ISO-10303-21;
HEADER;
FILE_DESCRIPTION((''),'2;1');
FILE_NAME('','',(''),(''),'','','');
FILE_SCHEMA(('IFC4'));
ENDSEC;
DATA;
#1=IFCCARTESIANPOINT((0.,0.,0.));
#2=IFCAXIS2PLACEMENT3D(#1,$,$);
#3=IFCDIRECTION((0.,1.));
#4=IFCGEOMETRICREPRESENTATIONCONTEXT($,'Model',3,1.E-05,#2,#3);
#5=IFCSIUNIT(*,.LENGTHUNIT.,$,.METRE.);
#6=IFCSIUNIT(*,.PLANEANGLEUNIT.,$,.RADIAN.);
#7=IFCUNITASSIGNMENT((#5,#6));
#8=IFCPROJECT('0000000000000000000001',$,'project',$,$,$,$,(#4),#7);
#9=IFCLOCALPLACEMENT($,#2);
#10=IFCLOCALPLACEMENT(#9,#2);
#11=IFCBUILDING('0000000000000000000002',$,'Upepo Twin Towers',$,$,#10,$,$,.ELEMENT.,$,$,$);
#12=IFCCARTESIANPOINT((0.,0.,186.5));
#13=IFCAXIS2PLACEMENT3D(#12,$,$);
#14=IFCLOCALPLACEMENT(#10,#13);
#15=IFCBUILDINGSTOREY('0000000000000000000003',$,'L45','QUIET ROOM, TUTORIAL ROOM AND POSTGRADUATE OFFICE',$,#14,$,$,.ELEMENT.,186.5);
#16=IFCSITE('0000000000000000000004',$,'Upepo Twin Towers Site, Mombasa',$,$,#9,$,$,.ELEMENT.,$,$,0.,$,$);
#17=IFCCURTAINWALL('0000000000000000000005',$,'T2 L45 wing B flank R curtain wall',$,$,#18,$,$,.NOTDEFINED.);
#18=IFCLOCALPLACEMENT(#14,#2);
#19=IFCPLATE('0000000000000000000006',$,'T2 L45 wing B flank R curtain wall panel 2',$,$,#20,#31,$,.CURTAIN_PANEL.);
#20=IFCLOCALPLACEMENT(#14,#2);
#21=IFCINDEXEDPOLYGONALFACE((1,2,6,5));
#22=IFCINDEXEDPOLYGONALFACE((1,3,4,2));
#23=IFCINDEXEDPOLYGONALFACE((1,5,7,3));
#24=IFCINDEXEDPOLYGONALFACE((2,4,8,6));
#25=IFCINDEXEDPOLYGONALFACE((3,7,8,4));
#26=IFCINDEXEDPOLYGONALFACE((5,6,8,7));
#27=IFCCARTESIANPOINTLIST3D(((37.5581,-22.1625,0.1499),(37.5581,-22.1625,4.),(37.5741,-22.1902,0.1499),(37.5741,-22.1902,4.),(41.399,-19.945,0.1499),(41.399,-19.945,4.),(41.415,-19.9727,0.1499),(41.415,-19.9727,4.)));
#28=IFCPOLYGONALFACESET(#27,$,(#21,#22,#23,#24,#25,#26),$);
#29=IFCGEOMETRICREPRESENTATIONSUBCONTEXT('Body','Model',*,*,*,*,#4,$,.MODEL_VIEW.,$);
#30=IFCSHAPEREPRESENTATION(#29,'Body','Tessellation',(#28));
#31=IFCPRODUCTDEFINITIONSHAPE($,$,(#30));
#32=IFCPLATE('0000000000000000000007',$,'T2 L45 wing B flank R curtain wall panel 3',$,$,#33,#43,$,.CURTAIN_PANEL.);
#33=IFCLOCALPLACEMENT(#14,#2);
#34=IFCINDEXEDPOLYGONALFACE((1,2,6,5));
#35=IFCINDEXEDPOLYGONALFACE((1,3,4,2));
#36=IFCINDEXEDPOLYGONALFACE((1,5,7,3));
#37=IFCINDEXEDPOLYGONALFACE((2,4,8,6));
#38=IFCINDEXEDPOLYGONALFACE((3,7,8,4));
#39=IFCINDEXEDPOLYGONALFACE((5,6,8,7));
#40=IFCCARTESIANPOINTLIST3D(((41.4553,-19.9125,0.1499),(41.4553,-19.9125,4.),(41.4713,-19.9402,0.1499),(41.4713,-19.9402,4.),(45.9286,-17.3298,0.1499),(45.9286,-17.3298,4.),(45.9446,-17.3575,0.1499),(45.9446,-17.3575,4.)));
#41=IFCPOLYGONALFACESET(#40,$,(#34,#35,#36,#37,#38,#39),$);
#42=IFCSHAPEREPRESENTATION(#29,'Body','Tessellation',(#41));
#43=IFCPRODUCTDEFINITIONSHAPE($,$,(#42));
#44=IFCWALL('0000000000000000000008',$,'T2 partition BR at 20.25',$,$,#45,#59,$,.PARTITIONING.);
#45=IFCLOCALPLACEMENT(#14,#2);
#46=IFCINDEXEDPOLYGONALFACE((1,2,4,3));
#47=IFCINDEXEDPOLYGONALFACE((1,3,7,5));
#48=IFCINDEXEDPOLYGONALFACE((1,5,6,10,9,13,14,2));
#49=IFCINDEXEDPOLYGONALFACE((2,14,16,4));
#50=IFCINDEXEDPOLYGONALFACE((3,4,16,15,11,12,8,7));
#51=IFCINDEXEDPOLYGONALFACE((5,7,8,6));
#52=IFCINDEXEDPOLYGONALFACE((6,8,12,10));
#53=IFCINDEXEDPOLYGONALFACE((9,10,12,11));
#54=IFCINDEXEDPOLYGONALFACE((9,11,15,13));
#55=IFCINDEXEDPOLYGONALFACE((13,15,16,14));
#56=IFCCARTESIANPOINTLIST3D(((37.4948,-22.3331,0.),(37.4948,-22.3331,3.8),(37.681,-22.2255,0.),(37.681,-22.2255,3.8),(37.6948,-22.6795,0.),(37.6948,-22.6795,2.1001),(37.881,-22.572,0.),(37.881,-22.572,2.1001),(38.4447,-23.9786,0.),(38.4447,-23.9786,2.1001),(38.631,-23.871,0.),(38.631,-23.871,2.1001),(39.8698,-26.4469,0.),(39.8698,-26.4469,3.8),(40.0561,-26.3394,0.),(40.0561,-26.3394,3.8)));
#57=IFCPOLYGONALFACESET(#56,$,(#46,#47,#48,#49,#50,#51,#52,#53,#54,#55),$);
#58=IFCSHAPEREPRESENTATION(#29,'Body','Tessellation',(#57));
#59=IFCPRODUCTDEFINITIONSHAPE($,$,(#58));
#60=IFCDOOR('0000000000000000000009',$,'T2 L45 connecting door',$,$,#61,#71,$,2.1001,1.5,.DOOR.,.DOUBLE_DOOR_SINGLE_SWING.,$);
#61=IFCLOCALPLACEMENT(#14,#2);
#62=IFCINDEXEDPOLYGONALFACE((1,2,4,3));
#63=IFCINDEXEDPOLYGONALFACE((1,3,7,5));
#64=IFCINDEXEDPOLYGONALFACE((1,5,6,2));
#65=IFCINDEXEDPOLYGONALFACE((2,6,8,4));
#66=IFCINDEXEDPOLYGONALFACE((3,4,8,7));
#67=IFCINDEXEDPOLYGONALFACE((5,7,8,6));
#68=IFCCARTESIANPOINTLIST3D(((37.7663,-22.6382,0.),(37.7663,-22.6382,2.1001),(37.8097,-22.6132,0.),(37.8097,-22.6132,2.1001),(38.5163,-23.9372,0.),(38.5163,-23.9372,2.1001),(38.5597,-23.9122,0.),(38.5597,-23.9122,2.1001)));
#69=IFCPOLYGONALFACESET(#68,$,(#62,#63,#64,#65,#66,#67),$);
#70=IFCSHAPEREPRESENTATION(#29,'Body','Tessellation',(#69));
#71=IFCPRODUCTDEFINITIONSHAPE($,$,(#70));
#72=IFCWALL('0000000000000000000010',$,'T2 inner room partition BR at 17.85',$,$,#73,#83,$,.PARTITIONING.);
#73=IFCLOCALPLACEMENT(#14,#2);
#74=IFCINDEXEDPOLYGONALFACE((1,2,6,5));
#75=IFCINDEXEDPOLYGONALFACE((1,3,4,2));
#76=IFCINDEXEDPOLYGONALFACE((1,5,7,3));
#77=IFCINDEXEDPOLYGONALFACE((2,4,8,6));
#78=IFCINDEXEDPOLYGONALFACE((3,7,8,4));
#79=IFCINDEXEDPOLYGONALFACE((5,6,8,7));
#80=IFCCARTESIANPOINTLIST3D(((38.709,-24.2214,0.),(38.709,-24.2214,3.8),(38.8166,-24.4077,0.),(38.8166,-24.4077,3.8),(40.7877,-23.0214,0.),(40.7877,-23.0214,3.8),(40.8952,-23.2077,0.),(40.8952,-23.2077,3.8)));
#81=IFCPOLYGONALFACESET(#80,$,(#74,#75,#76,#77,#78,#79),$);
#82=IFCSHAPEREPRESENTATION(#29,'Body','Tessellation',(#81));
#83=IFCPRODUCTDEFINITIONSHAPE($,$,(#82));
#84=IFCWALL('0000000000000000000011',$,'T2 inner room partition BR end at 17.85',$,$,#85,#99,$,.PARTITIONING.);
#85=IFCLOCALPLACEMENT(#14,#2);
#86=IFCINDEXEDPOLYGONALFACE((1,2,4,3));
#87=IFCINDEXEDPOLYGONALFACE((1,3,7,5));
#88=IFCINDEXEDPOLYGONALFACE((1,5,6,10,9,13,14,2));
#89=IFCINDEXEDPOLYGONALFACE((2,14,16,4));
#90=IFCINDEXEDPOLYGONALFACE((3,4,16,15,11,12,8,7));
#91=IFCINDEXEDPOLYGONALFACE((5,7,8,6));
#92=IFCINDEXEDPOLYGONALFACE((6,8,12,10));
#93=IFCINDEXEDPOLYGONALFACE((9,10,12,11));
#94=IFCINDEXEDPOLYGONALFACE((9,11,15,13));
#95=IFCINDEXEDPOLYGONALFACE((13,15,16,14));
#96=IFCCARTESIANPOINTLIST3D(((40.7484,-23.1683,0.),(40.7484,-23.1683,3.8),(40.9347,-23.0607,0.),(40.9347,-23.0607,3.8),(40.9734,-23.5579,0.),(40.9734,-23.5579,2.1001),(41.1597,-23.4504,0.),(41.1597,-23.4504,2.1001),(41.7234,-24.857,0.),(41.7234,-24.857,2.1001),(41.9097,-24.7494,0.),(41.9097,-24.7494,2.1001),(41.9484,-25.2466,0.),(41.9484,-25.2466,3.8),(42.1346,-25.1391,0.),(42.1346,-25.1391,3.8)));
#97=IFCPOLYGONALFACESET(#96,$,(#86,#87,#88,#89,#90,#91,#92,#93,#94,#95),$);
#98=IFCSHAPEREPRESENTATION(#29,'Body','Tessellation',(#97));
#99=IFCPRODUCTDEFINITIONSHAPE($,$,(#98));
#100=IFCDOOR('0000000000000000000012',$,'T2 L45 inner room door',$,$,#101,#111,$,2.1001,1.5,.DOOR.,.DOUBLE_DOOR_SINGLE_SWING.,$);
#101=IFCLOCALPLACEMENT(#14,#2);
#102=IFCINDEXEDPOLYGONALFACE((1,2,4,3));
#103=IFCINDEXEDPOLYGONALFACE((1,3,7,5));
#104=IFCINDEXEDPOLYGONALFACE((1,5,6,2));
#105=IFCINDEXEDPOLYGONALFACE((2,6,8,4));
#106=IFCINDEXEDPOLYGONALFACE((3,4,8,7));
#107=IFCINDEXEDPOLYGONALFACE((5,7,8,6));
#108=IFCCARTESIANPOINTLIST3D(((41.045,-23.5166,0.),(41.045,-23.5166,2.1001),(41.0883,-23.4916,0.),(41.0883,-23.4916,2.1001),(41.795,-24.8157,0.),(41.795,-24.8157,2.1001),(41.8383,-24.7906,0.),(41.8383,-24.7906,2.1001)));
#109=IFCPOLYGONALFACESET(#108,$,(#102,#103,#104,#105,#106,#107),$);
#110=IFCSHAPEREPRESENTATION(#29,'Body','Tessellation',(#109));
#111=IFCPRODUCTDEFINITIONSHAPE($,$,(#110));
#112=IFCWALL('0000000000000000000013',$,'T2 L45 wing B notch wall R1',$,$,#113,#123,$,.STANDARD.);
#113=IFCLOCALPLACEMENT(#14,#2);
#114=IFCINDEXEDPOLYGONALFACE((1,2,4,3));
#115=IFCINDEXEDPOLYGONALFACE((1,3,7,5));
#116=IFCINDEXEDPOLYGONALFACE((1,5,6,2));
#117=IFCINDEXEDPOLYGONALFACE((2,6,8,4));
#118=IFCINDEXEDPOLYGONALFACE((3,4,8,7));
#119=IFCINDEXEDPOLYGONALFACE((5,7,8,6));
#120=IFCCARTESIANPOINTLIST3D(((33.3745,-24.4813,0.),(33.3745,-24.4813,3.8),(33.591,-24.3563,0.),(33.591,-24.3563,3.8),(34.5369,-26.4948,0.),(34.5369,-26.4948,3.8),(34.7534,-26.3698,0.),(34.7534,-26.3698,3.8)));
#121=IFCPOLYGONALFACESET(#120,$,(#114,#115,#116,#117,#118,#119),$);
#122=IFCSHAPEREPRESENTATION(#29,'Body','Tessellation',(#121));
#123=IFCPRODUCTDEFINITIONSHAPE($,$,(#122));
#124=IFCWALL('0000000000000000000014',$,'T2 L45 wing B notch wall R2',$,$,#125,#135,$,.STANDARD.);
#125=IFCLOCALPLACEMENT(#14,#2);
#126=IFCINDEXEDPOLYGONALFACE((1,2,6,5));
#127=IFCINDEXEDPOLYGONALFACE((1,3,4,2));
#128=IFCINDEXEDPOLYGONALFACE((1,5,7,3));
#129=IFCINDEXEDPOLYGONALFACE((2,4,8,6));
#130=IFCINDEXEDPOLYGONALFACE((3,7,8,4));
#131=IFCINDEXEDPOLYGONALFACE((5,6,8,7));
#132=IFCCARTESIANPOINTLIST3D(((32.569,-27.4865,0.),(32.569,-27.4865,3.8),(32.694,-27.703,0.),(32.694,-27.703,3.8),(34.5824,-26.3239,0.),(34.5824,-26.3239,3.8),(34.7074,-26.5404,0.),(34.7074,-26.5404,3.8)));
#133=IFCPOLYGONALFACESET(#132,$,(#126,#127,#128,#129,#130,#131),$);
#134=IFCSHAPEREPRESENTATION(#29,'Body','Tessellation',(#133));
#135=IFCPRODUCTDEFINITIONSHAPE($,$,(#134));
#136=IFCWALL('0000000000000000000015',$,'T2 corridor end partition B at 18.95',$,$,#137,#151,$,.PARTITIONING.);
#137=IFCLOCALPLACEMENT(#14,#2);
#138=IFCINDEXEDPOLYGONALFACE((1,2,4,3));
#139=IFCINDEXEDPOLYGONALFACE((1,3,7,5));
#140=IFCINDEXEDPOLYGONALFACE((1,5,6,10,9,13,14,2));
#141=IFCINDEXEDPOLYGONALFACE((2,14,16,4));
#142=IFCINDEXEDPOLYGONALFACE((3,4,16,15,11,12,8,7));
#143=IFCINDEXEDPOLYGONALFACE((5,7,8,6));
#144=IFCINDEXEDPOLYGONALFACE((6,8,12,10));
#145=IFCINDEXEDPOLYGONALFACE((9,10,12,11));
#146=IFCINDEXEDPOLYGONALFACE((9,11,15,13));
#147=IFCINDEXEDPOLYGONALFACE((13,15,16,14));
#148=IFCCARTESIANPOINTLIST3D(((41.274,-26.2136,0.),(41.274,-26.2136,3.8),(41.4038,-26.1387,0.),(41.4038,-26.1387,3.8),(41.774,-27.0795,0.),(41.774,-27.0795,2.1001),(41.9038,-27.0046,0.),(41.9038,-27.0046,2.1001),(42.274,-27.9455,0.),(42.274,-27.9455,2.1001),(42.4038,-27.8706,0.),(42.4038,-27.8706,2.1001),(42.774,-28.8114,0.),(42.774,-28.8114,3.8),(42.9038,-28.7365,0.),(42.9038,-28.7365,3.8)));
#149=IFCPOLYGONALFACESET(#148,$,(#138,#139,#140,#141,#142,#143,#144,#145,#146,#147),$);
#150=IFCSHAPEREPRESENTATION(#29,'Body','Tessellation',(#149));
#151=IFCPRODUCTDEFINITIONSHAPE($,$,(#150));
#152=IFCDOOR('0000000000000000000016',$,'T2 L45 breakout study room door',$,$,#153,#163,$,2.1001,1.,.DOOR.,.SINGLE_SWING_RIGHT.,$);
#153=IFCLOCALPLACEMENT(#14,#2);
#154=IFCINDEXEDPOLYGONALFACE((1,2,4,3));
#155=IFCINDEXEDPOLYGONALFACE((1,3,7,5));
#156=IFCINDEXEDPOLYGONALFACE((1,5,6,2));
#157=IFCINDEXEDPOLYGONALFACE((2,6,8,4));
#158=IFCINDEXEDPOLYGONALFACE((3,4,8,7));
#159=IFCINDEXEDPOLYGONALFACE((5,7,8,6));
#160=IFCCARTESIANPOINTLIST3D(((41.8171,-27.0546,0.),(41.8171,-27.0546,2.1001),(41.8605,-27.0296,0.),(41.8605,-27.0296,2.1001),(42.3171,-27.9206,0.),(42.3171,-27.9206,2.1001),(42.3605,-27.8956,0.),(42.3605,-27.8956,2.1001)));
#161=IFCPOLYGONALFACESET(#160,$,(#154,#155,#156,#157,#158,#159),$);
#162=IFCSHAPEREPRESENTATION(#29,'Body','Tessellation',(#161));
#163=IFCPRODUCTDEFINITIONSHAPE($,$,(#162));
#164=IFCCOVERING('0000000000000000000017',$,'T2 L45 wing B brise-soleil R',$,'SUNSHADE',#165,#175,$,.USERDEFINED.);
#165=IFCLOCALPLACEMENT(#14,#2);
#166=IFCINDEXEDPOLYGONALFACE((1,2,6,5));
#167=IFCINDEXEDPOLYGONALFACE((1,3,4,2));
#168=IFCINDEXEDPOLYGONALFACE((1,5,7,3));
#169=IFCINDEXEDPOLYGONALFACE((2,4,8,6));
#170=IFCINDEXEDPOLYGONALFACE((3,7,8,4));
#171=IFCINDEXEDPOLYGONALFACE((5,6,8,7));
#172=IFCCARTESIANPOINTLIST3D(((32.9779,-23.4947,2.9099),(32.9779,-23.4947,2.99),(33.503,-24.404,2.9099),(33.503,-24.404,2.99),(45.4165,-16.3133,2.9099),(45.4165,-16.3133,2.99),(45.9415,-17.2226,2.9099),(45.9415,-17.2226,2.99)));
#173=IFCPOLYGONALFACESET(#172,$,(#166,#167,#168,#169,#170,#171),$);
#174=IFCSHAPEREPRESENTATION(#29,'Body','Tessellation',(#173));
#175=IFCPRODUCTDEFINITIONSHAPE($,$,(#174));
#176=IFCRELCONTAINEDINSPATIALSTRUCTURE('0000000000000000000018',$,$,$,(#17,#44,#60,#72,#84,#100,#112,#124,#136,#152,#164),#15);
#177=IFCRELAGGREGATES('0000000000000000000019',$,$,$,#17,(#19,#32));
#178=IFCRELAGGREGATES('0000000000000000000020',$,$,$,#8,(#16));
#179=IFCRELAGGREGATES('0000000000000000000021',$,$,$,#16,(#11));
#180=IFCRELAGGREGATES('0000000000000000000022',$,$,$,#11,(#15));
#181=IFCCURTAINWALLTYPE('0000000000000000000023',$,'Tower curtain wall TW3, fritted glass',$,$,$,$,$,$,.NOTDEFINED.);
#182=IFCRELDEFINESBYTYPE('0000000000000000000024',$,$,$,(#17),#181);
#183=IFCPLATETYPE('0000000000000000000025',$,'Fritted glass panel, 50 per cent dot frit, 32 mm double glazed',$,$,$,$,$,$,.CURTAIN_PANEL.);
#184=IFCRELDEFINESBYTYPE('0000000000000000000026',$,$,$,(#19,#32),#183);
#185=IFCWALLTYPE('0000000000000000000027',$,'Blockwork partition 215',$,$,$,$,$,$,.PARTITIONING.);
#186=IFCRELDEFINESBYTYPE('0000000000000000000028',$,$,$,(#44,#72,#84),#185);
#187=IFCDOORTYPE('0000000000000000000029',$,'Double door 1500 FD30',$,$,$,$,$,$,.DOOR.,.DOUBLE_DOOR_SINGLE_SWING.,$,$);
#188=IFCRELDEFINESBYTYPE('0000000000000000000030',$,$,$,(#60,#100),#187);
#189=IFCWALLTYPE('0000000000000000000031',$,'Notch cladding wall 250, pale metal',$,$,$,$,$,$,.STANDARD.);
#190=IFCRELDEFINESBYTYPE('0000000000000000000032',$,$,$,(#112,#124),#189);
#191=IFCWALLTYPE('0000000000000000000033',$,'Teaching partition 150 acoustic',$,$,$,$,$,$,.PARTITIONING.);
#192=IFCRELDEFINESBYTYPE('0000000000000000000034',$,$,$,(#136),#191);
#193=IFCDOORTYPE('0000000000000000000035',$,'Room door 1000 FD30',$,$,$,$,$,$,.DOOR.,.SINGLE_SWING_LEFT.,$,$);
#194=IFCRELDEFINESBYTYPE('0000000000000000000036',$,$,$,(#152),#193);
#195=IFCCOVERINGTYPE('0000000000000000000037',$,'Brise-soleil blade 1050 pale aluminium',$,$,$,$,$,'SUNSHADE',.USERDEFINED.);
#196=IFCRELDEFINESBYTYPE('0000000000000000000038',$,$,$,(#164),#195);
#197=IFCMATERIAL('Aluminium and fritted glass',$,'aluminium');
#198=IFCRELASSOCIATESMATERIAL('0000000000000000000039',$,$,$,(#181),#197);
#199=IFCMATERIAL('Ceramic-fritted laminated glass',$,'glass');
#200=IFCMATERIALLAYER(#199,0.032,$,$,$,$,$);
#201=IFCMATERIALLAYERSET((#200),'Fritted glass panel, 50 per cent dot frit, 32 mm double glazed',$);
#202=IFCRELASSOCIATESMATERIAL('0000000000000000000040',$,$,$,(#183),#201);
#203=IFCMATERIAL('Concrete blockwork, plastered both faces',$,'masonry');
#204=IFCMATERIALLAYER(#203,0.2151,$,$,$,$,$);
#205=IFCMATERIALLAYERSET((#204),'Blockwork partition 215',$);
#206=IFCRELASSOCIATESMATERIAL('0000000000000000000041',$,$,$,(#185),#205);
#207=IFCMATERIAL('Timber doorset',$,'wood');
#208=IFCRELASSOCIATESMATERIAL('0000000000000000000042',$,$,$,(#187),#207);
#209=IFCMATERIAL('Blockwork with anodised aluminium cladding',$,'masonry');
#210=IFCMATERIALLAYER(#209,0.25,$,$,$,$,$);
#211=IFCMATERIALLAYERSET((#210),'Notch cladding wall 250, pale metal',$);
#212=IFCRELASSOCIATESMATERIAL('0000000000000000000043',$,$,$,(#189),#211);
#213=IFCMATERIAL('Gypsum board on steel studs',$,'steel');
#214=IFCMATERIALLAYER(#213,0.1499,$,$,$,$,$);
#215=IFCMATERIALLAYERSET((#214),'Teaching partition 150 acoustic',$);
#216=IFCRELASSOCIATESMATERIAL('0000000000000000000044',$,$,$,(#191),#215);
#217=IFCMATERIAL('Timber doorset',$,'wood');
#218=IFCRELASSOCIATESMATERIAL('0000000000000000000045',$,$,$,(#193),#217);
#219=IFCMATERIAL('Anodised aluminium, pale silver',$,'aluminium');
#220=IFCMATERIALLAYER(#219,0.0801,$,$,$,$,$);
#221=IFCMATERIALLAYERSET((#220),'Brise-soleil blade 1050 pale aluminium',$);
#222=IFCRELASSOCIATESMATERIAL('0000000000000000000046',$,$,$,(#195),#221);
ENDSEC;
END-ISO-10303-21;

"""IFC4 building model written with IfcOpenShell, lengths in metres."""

from ifc_helpers import new_model, si_unit, direction, frame, frame_2d, origin, origin_2d, place, context, subcontext, project, spatial, rectangle, extrude, material, layer, layer_set, type_object, element, fill, aggregate, save


model = new_model("IFC4")

# Units and contexts
model_context = context("Model", 3, precision=1e-05, world=origin(), true_north=direction((0.0, 1.0)))
body_context = subcontext(model_context, "Body", "Model", "MODEL_VIEW")
ifc_project = project(units=[si_unit("LENGTHUNIT", "METRE"), si_unit("PLANEANGLEUNIT", "RADIAN")], contexts=[model_context])

# Site, building, storey
site_placement = place(None, origin())
site = spatial("IfcSite", under=ifc_project, at=site_placement, Name="Upepo Twin Towers Site, Mombasa", CompositionType="ELEMENT", RefElevation=0.0)
building_placement = place(site_placement, origin())
building = spatial("IfcBuilding", under=site, at=building_placement, Name="Upepo Twin Towers", CompositionType="ELEMENT")
storey_placement = place(building_placement, frame((0.0, 0.0, 186.5)))
storey = spatial("IfcBuildingStorey", under=building, at=storey_placement, Name="L45", Description="QUIET ROOM, TUTORIAL ROOM AND POSTGRADUATE OFFICE", CompositionType="ELEMENT", Elevation=186.5)

# Curtain wall, plates
ifc_material_1 = material(Name="Aluminium and fritted glass", Category="aluminium")
curtain_wall_type = type_object("IfcCurtainWallType", Name="Tower curtain wall TW3, fritted glass", PredefinedType="NOTDEFINED", material=ifc_material_1)
curtain_wall_placement = place(storey_placement, origin())
curtain_wall = element("IfcCurtainWall", 1, at=curtain_wall_placement, inside=storey, type_object=curtain_wall_type, Name="T2 L45 wing B flank R curtain wall", PredefinedType="NOTDEFINED")
ifc_material_2 = material(Name="Ceramic-fritted laminated glass", Category="glass")
ifc_layer_1 = layer(ifc_material_2, 0.032)
ifc_layer_set_1 = layer_set([ifc_layer_1], Name="Fritted glass panel, 50 per cent dot frit, 32 mm double glazed")
plate_type = type_object("IfcPlateType", Name="Fritted glass panel, 50 per cent dot frit, 32 mm double glazed", PredefinedType="CURTAIN_PANEL", material=ifc_layer_set_1)
plate_1_placement = place(storey_placement, frame((39.4866, -21.0676, 0.1499), z_axis=(0.0, 0.0, 1.0), x_axis=(0.866025, 0.5, 0.0)))
plate_1 = element("IfcPlate", 2, at=plate_1_placement, type_object=plate_type, Name="T2 L45 wing B flank R curtain wall panel 2", PredefinedType="CURTAIN_PANEL", context=body_context, shape_type="SweptSolid", body=[
    extrude(rectangle(XDim=4.4351, YDim=0.032, at=origin_2d()), origin(), (0.0, 0.0, 1.0), 3.8501),
])
plate_2_placement = place(storey_placement, frame((43.7, -18.635, 0.1499), z_axis=(0.0, 0.0, 1.0), x_axis=(0.866025, 0.5, 0.0)))
plate_2 = element("IfcPlate", 3, at=plate_2_placement, type_object=plate_type, Name="T2 L45 wing B flank R curtain wall panel 3", PredefinedType="CURTAIN_PANEL", context=body_context, shape_type="SweptSolid", body=[
    extrude(rectangle(XDim=5.1653, YDim=0.032, at=origin_2d()), origin(), (0.0, 0.0, 1.0), 3.8501),
])
aggregate(curtain_wall, [plate_1, plate_2])

# Wall, opening, door
ifc_material_3 = material(Name="Concrete blockwork, plastered both faces", Category="masonry")
ifc_layer_2 = layer(ifc_material_3, 0.2151)
ifc_layer_set_2 = layer_set([ifc_layer_2], Name="Blockwork partition 215")
wall_type_1 = type_object("IfcWallType", Name="Blockwork partition 215", PredefinedType="PARTITIONING", material=ifc_layer_set_2)
wall_1_placement = place(storey_placement, frame((39.9629, -26.3931, 0.0), z_axis=(0.0, 0.0, 1.0), x_axis=(-0.499986, 0.866033, 0.0)))
wall_1 = element("IfcWall", 4, at=wall_1_placement, inside=storey, type_object=wall_type_1, Name="T2 partition BR at 20.25", PredefinedType="PARTITIONING", context=body_context, shape_type="SweptSolid", body=[
    extrude(rectangle(XDim=4.7502, YDim=0.2151, at=frame_2d((2.375, 0.0))), origin(), (0.0, 0.0, 1.0), 3.8),
])
opening_1_placement = place(wall_1_placement, frame((2.8501, 0.0, 0.0)))
opening_1 = element("IfcOpeningElement", 5, at=opening_1_placement, cuts=wall_1, PredefinedType="OPENING", context=body_context, shape_type="SweptSolid", body=[
    extrude(rectangle(XDim=1.5, YDim=2.1001, at=frame_2d((0.75, 1.05))), frame((0.0, 0.1174, 0.0), z_axis=(0.0, -1.0, 0.0), x_axis=(1.0, 0.0, 0.0)), (0.0, 0.0, 1.0), 0.2351),
])
ifc_material_4 = material(Name="Timber doorset", Category="wood")
door_type_1 = type_object("IfcDoorType", Name="Double door 1500 FD30", OperationType="DOUBLE_DOOR_SINGLE_SWING", PredefinedType="DOOR", material=ifc_material_4)
door_1_placement = place(opening_1_placement, origin())
door_1 = element("IfcDoor", 6, at=door_1_placement, inside=storey, type_object=door_type_1, Name="T2 L45 connecting door", OperationType="DOUBLE_DOOR_SINGLE_SWING", OverallHeight=2.1001, OverallWidth=1.5, PredefinedType="DOOR", context=body_context, shape_type="SweptSolid", body=[
    extrude(rectangle(XDim=1.5, YDim=2.1001, at=frame_2d((0.75, 1.05))), frame((0.0, 0.0249, 0.0), z_axis=(0.0, -1.0, 0.0), x_axis=(1.0, 0.0, 0.0)), (0.0, 0.0, 1.0), 0.05),
])
fill(opening_1, door_1)

# Wall
wall_2_placement = place(storey_placement, frame((40.8416, -23.1145, 0.0), z_axis=(0.0, 0.0, 1.0), x_axis=(-0.86605, -0.499957, 0.0)))
element("IfcWall", 7, at=wall_2_placement, inside=storey, type_object=wall_type_1, Name="T2 inner room partition BR at 17.85", PredefinedType="PARTITIONING", context=body_context, shape_type="SweptSolid", body=[
    extrude(rectangle(XDim=2.4001, YDim=0.2151, at=frame_2d((1.2002, 0.0))), origin(), (0.0, 0.0, 1.0), 3.8),
])

# Wall, opening, door
wall_3_placement = place(storey_placement, frame((42.0415, -25.1929, 0.0), z_axis=(0.0, 0.0, 1.0), x_axis=(-0.500001, 0.866025, 0.0)))
wall_3 = element("IfcWall", 8, at=wall_3_placement, inside=storey, type_object=wall_type_1, Name="T2 inner room partition BR end at 17.85", PredefinedType="PARTITIONING", context=body_context, shape_type="SweptSolid", body=[
    extrude(rectangle(XDim=2.3999, YDim=0.2151, at=frame_2d((1.2, 0.0))), origin(), (0.0, 0.0, 1.0), 3.8),
])
opening_2_placement = place(wall_3_placement, frame((0.45, 0.0, 0.0)))
opening_2 = element("IfcOpeningElement", 9, at=opening_2_placement, cuts=wall_3, PredefinedType="OPENING", context=body_context, shape_type="SweptSolid", body=[
    extrude(rectangle(XDim=1.5, YDim=2.1001, at=frame_2d((0.75, 1.05))), frame((0.0, 0.1174, 0.0), z_axis=(0.0, -1.0, 0.0), x_axis=(1.0, 0.0, 0.0)), (0.0, 0.0, 1.0), 0.2351),
])
door_2_placement = place(opening_2_placement, origin())
door_2 = element("IfcDoor", 10, at=door_2_placement, inside=storey, type_object=door_type_1, Name="T2 L45 inner room door", OperationType="DOUBLE_DOOR_SINGLE_SWING", OverallHeight=2.1001, OverallWidth=1.5, PredefinedType="DOOR", context=body_context, shape_type="SweptSolid", body=[
    extrude(rectangle(XDim=1.5, YDim=2.1001, at=frame_2d((0.75, 1.05))), frame((0.0, 0.0249, 0.0), z_axis=(0.0, -1.0, 0.0), x_axis=(1.0, 0.0, 0.0)), (0.0, 0.0, 1.0), 0.05),
])
fill(opening_2, door_2)

# Walls
ifc_material_5 = material(Name="Blockwork with anodised aluminium cladding", Category="masonry")
ifc_layer_3 = layer(ifc_material_5, 0.25)
ifc_layer_set_3 = layer_set([ifc_layer_3], Name="Notch cladding wall 250, pale metal")
wall_type_2 = type_object("IfcWallType", Name="Notch cladding wall 250, pale metal", PredefinedType="STANDARD", material=ifc_layer_set_3)
for number, where, z_axis, x_axis, name in (
    (11, (33.4827, -24.4187, 0.0), (0.0, 0.0, 1.0), (0.499968, -0.866044, 0.0), "T2 L45 wing B notch wall R1"),
    (12, (34.645, -26.4321, 0.0), (0.0, 0.0, 1.0), (-0.865998, -0.500047, 0.0), "T2 L45 wing B notch wall R2"),
):
    element("IfcWall", number, at=place(storey_placement, frame(where, z_axis=z_axis, x_axis=x_axis)), inside=storey, type_object=wall_type_2, Name=name, PredefinedType="STANDARD", context=body_context, shape_type="SweptSolid", body=[
        extrude(rectangle(XDim=2.325, YDim=0.25, at=frame_2d((1.1626, 0.0))), origin(), (0.0, 0.0, 1.0), 3.8),
    ])

# Wall, opening, door
ifc_material_6 = material(Name="Gypsum board on steel studs", Category="steel")
ifc_layer_4 = layer(ifc_material_6, 0.1499)
ifc_layer_set_4 = layer_set([ifc_layer_4], Name="Teaching partition 150 acoustic")
wall_type_3 = type_object("IfcWallType", Name="Teaching partition 150 acoustic", PredefinedType="PARTITIONING", material=ifc_layer_set_4)
wall_4_placement = place(storey_placement, frame((41.3389, -26.176, 0.0), z_axis=(0.0, 0.0, 1.0), x_axis=(0.500025, -0.866011, 0.0)))
wall_4 = element("IfcWall", 13, at=wall_4_placement, inside=storey, type_object=wall_type_3, Name="T2 corridor end partition B at 18.95", PredefinedType="PARTITIONING", context=body_context, shape_type="SweptSolid", body=[
    extrude(rectangle(XDim=2.9998, YDim=0.1499, at=frame_2d((1.5, 0.0))), origin(), (0.0, 0.0, 1.0), 3.8),
])
opening_3_placement = place(wall_4_placement, frame((1.0, 0.0, 0.0)))
opening_3 = element("IfcOpeningElement", 14, at=opening_3_placement, cuts=wall_4, PredefinedType="OPENING", context=body_context, shape_type="SweptSolid", body=[
    extrude(rectangle(XDim=1.0, YDim=2.1001, at=frame_2d((0.5, 1.05))), frame((0.0, 0.085, 0.0), z_axis=(0.0, -1.0, 0.0), x_axis=(1.0, 0.0, 0.0)), (0.0, 0.0, 1.0), 0.1699),
])
ifc_material_7 = material(Name="Timber doorset", Category="wood")
door_type_2 = type_object("IfcDoorType", Name="Room door 1000 FD30", OperationType="SINGLE_SWING_LEFT", PredefinedType="DOOR", material=ifc_material_7)
door_3_placement = place(opening_3_placement, origin())
door_3 = element("IfcDoor", 15, at=door_3_placement, inside=storey, type_object=door_type_2, Name="T2 L45 breakout study room door", OperationType="SINGLE_SWING_RIGHT", OverallHeight=2.1001, OverallWidth=1.0, PredefinedType="DOOR", context=body_context, shape_type="SweptSolid", body=[
    extrude(rectangle(XDim=1.0, YDim=2.1001, at=frame_2d((0.5, 1.05))), frame((0.0, 0.0249, 0.0), z_axis=(0.0, -1.0, 0.0), x_axis=(1.0, 0.0, 0.0)), (0.0, 0.0, 1.0), 0.05),
])
fill(opening_3, door_3)

# Covering
ifc_material_8 = material(Name="Anodised aluminium, pale silver", Category="aluminium")
ifc_layer_5 = layer(ifc_material_8, 0.0801)
ifc_layer_set_5 = layer_set([ifc_layer_5], Name="Brise-soleil blade 1050 pale aluminium")
covering_type = type_object("IfcCoveringType", Name="Brise-soleil blade 1050 pale aluminium", ElementType="SUNSHADE", PredefinedType="USERDEFINED", material=ifc_layer_set_5)
covering_placement = place(storey_placement, frame((39.4597, -20.3586, 2.9099), z_axis=(0.0, 0.0, 1.0), x_axis=(-0.866025, -0.5, 0.0)))
element("IfcCovering", 16, at=covering_placement, inside=storey, type_object=covering_type, Name="T2 L45 wing B brise-soleil R", ObjectType="SUNSHADE", PredefinedType="USERDEFINED", context=body_context, shape_type="SweptSolid", body=[
    extrude(rectangle(XDim=14.3628, YDim=1.05, at=origin_2d()), origin(), (0.0, 0.0, 1.0), 0.0801),
])

save(model, "model.ifc")
